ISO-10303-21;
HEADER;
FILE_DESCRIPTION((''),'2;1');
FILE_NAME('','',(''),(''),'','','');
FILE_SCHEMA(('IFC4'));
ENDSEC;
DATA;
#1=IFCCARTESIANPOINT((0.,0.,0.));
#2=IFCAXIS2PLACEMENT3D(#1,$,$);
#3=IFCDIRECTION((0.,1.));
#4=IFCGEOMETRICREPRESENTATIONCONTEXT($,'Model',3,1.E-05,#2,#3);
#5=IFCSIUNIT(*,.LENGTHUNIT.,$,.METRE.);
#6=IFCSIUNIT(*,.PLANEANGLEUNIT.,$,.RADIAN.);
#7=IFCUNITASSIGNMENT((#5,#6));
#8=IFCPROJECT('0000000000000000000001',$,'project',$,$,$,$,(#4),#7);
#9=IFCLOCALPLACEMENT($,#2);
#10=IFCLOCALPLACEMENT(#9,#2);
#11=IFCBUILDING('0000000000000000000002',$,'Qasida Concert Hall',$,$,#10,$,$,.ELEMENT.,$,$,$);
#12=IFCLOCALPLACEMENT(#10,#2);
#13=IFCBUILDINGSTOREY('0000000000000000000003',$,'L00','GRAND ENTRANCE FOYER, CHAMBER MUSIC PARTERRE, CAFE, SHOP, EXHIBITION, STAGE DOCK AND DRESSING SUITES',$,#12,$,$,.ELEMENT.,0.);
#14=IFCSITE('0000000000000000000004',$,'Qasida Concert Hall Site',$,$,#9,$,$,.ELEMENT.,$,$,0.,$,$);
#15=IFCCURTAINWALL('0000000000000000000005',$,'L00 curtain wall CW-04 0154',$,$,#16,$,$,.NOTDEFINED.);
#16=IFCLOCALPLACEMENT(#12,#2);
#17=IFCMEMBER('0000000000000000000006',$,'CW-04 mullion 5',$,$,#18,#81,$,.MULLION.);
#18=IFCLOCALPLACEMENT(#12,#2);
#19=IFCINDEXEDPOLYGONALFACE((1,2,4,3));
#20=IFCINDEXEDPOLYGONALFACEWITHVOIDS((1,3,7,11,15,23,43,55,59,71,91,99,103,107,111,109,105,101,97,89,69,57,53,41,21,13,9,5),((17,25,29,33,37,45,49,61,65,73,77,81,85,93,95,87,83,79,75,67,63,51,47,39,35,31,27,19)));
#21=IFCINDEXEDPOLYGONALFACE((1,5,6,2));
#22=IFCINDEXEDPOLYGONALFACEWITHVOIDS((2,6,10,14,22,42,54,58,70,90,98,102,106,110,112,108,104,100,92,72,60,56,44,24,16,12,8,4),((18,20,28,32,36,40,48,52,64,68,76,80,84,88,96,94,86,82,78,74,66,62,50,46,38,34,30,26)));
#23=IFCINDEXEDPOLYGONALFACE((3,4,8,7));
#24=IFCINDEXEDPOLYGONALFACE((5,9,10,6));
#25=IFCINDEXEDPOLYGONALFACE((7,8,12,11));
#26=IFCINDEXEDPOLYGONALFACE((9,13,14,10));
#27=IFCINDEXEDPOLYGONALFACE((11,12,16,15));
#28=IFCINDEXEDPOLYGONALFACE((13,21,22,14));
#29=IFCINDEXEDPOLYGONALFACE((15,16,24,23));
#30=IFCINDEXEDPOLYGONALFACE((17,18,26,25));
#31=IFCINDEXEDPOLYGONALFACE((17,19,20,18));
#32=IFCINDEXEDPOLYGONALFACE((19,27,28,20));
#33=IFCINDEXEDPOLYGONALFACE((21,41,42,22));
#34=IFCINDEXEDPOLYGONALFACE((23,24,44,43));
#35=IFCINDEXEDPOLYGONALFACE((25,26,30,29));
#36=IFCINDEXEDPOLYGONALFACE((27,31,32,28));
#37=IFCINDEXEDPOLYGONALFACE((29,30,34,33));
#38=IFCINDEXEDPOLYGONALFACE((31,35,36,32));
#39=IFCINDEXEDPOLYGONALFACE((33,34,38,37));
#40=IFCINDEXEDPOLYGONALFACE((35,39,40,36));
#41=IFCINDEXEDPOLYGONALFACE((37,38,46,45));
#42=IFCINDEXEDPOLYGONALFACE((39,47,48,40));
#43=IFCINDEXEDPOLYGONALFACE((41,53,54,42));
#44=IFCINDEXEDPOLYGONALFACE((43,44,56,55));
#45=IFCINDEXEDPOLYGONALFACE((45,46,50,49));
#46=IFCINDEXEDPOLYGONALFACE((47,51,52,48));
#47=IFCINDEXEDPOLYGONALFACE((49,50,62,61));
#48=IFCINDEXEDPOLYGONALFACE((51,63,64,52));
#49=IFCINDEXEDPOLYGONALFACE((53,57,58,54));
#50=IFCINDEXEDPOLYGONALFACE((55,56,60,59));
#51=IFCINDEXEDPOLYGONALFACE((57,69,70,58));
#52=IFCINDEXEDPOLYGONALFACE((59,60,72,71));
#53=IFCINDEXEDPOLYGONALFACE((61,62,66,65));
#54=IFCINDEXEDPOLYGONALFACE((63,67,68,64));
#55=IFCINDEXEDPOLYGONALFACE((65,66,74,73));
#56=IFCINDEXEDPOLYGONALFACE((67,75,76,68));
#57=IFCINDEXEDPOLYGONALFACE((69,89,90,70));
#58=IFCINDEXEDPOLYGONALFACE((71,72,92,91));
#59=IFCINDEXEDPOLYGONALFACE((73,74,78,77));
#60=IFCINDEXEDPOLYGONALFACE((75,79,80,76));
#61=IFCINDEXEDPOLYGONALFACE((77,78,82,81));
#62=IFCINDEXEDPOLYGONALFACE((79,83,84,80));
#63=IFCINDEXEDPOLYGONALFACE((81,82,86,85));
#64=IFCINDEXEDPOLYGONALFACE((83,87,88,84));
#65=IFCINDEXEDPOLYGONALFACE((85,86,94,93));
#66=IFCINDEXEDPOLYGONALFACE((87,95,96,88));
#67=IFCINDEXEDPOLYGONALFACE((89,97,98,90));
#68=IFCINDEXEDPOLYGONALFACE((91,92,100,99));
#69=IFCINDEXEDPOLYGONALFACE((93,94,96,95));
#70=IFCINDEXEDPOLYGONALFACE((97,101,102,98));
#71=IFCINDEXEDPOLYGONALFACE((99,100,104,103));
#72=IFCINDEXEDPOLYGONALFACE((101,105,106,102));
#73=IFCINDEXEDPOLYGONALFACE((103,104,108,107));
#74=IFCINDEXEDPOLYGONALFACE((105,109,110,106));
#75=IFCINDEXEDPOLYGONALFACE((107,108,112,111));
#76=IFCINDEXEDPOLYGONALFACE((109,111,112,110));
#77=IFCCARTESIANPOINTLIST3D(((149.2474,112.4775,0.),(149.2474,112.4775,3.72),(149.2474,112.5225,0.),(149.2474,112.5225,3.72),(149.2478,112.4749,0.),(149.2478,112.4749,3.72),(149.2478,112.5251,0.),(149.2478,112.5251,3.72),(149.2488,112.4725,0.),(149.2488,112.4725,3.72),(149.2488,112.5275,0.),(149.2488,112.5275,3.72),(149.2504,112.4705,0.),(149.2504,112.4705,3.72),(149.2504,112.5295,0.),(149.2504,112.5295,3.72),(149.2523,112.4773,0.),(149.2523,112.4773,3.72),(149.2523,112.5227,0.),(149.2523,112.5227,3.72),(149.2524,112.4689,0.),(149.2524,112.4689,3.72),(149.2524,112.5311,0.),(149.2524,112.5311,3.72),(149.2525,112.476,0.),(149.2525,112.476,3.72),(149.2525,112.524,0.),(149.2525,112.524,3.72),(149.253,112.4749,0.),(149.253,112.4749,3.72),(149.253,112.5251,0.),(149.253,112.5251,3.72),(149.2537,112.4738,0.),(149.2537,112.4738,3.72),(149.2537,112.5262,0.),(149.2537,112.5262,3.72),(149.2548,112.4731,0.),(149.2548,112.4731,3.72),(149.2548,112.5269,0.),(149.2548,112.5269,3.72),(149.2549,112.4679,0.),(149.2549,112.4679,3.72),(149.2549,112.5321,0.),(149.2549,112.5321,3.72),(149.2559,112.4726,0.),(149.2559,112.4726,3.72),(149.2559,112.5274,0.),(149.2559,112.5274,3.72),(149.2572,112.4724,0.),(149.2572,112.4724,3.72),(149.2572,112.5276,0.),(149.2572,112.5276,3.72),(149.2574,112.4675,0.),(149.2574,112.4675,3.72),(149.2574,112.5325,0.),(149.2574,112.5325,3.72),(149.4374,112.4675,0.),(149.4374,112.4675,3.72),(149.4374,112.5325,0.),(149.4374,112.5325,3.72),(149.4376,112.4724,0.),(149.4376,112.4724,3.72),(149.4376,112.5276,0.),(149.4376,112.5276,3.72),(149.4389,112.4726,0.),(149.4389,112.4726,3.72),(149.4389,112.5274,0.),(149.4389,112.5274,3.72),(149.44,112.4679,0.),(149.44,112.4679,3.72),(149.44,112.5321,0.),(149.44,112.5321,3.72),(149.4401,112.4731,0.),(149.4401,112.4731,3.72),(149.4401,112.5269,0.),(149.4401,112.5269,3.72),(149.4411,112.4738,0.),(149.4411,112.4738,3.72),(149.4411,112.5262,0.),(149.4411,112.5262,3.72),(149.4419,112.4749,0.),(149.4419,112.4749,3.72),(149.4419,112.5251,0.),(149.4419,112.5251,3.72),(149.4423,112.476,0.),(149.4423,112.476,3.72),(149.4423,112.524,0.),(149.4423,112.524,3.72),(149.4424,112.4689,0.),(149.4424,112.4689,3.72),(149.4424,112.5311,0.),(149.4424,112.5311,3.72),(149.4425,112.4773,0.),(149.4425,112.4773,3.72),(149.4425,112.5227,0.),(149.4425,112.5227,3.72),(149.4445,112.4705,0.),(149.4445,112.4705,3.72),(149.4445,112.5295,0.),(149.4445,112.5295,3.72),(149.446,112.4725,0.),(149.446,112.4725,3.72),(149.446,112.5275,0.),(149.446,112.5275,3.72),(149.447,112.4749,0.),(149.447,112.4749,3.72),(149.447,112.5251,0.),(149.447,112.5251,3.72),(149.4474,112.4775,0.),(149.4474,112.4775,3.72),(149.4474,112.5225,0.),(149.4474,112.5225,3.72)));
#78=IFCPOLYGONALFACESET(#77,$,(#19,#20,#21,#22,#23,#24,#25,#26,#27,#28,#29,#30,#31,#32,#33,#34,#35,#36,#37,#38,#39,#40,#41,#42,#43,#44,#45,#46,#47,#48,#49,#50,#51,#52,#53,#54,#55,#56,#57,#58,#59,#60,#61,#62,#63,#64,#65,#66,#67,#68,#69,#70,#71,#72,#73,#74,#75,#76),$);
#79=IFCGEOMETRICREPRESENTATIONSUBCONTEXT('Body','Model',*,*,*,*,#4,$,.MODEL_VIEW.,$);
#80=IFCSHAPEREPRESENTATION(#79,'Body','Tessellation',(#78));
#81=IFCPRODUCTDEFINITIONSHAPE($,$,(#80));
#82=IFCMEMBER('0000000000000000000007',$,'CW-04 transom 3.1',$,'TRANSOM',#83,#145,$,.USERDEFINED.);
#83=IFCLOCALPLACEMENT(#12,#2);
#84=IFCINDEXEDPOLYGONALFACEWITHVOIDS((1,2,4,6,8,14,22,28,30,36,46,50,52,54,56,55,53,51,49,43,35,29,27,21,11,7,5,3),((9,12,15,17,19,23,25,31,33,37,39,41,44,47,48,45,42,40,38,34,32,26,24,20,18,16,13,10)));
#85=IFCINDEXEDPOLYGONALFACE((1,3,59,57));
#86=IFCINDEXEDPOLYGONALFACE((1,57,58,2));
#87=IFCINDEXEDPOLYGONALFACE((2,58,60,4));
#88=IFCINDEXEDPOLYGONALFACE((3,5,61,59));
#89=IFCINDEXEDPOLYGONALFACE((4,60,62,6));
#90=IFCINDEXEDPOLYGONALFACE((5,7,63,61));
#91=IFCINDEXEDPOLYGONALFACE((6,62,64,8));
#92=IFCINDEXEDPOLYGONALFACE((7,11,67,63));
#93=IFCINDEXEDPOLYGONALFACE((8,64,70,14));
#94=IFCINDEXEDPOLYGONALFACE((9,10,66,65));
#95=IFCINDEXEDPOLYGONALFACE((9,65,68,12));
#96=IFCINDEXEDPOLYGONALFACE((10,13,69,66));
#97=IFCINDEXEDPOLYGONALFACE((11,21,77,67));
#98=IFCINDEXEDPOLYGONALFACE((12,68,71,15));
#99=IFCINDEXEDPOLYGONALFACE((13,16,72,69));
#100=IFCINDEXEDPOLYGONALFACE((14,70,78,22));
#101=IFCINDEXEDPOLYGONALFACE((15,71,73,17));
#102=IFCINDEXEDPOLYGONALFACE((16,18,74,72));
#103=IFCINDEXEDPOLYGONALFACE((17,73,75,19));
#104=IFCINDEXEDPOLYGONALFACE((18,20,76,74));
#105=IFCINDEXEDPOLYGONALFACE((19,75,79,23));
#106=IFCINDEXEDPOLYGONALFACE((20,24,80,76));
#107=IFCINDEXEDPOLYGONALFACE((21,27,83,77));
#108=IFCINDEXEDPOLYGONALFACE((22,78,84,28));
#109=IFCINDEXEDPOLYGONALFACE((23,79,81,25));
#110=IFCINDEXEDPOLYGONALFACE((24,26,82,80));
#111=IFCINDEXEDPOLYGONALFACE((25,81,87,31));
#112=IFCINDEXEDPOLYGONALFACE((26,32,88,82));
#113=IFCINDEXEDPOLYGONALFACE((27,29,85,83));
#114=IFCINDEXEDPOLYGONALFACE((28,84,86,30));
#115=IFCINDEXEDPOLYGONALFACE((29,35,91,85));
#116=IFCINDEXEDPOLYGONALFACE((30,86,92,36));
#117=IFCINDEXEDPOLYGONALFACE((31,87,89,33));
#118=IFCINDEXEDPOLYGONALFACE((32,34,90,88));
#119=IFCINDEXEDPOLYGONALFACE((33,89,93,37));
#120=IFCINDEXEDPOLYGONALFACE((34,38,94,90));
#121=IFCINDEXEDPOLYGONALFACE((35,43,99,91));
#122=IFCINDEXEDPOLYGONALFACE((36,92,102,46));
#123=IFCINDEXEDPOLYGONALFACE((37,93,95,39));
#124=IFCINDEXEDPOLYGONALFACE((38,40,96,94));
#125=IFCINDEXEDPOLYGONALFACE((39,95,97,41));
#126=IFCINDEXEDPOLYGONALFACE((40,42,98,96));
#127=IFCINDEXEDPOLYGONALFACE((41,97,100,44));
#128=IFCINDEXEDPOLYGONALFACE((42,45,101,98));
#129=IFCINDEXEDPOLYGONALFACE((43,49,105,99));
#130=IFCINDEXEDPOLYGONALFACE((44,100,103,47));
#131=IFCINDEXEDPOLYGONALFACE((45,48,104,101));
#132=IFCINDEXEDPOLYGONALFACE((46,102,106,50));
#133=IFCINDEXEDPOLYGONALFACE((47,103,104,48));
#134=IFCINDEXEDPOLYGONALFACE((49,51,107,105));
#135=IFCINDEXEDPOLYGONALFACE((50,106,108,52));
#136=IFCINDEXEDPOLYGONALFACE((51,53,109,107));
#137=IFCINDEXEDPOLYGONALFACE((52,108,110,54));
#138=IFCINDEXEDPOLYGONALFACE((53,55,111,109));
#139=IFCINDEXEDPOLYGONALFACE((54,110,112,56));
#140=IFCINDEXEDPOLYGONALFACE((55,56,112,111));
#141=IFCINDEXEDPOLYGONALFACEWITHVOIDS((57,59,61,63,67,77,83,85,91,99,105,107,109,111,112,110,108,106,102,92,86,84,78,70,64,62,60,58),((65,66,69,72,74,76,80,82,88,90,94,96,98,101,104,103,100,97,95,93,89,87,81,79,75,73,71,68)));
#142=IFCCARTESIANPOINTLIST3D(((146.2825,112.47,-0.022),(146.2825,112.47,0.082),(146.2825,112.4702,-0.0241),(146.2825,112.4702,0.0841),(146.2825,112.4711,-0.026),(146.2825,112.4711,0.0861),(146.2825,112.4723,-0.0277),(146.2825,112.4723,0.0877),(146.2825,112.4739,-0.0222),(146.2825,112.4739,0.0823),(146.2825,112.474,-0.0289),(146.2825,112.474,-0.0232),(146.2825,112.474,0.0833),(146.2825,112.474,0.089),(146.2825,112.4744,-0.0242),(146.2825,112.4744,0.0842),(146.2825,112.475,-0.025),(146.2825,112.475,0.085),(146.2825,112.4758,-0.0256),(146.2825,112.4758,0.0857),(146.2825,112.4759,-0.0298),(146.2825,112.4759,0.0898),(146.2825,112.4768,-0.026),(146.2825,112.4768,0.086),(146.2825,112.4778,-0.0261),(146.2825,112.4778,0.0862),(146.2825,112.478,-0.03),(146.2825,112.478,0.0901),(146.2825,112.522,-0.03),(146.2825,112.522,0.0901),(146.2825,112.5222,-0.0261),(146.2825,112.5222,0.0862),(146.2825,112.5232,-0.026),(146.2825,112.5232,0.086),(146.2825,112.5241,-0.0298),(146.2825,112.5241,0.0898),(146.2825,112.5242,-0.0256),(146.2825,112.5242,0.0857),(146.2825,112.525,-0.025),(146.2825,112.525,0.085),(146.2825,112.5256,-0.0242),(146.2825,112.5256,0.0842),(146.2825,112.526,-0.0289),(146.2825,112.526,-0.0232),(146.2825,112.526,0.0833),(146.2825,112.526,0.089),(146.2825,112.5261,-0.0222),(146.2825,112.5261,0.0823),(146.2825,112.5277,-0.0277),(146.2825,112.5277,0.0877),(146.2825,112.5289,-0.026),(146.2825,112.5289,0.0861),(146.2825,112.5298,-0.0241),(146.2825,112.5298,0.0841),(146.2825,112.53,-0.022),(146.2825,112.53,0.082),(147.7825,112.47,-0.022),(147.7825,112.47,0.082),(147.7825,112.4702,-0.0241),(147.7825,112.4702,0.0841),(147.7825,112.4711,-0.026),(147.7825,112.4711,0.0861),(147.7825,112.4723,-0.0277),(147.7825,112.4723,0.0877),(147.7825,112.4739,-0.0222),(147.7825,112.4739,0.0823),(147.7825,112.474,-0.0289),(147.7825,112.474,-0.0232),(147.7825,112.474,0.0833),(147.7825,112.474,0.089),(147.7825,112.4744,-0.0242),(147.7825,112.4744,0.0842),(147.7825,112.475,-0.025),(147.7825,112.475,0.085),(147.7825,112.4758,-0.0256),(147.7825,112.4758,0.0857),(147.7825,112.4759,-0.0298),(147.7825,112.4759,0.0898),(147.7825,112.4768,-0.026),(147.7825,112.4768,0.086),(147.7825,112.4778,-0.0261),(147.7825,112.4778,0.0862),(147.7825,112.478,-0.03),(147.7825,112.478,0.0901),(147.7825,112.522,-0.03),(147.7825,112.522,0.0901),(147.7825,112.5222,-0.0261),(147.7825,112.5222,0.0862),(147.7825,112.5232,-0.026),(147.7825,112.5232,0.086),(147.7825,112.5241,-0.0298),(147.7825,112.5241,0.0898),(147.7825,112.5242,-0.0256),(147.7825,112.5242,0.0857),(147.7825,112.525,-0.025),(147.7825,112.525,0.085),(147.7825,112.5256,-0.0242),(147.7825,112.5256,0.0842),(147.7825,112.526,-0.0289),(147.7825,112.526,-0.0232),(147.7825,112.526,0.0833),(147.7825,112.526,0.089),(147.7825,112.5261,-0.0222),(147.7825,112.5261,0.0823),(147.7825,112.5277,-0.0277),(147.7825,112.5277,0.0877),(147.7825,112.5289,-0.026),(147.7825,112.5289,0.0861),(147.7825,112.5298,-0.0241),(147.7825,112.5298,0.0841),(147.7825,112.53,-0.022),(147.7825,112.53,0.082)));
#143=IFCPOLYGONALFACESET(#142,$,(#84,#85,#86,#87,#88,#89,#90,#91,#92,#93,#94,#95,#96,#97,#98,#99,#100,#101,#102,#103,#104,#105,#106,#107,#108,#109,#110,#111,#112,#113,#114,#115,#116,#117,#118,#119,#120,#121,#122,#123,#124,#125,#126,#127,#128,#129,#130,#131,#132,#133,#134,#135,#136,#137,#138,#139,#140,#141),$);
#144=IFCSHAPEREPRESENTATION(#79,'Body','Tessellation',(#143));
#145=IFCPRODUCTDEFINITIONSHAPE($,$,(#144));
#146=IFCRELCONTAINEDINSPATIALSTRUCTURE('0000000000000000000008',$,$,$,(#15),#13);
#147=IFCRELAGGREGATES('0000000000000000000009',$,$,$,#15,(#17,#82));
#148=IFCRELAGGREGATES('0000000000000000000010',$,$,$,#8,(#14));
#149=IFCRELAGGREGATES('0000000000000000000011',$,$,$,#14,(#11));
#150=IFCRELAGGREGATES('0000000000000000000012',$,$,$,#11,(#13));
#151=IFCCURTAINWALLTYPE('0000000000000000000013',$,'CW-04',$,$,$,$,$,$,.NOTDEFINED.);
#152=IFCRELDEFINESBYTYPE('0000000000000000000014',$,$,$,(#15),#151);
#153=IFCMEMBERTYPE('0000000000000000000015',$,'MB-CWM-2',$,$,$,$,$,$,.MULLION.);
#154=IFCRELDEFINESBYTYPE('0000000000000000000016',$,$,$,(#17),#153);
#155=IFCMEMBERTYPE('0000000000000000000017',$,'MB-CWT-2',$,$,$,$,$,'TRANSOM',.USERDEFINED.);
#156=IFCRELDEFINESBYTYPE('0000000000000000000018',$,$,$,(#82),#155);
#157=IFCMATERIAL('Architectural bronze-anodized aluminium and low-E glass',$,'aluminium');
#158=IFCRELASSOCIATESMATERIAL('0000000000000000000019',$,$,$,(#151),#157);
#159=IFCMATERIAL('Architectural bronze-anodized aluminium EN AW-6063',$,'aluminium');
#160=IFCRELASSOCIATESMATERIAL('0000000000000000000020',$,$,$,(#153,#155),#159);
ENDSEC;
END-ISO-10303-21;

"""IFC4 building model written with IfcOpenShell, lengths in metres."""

from ifc_helpers import new_model, si_unit, direction, frame, origin, origin_2d, place, context, subcontext, project, spatial, hollow_rectangle, extrude, material, material_profile, profile_set, type_object, element, aggregate, save


model = new_model("IFC4")

# Units and contexts
model_context = context("Model", 3, precision=1e-05, world=origin(), true_north=direction((0.0, 1.0)))
body_context = subcontext(model_context, "Body", "Model", "MODEL_VIEW")
ifc_project = project(units=[si_unit("LENGTHUNIT", "METRE"), si_unit("PLANEANGLEUNIT", "RADIAN")], contexts=[model_context])

# Site, building, storey
site_placement = place(None, origin())
site = spatial("IfcSite", under=ifc_project, at=site_placement, Name="Qasida Concert Hall Site", CompositionType="ELEMENT", RefElevation=0.0)
building_placement = place(site_placement, origin())
building = spatial("IfcBuilding", under=site, at=building_placement, Name="Qasida Concert Hall", CompositionType="ELEMENT")
storey_placement = place(building_placement, origin())
storey = spatial("IfcBuildingStorey", under=building, at=storey_placement, Name="L00", Description="GRAND ENTRANCE FOYER, CHAMBER MUSIC PARTERRE, CAFE, SHOP, EXHIBITION, STAGE DOCK AND DRESSING SUITES", CompositionType="ELEMENT", Elevation=0.0)

# Curtain wall, members
ifc_material_1 = material(Name="Architectural bronze-anodized aluminium and low-E glass", Category="aluminium")
curtain_wall_type = type_object("IfcCurtainWallType", Name="CW-04", PredefinedType="NOTDEFINED", material=ifc_material_1)
curtain_wall_placement = place(storey_placement, origin())
curtain_wall = element("IfcCurtainWall", 1, at=curtain_wall_placement, inside=storey, type_object=curtain_wall_type, Name="L00 curtain wall CW-04 0154", PredefinedType="NOTDEFINED")
ifc_material_2 = material(Name="Architectural bronze-anodized aluminium EN AW-6063", Category="aluminium")
ifc_material_profile_1 = material_profile(ifc_material_2, hollow_rectangle(XDim=0.0649, YDim=0.2, WallThickness=0.0049, InnerFilletRadius=0.0049, OuterFilletRadius=0.01, at=origin_2d()), Name="CWM 200x65x5")
ifc_profile_set_1 = profile_set([ifc_material_profile_1], Name="Architectural bronze-anodized aluminium EN AW-6063")
member_type_1 = type_object("IfcMemberType", Name="MB-CWM-2", PredefinedType="MULLION", material=ifc_profile_set_1)
member_1_placement = place(storey_placement, frame((149.3474, 112.5, 0.0), z_axis=(0.0, 0.0, 1.0), x_axis=(0.0, 1.0, 0.0)))
member_1 = element("IfcMember", 2, at=member_1_placement, type_object=member_type_1, Name="CW-04 mullion 5", PredefinedType="MULLION", context=body_context, shape_type="SweptSolid", body=[
    extrude(hollow_rectangle(XDim=0.0649, YDim=0.2, WallThickness=0.0049, InnerFilletRadius=0.0049, OuterFilletRadius=0.01, at=origin_2d()), origin(), (0.0, 0.0, 1.0), 3.72),
])
ifc_material_profile_2 = material_profile(ifc_material_2, hollow_rectangle(XDim=0.0601, YDim=0.1201, WallThickness=0.0039, InnerFilletRadius=0.0039, OuterFilletRadius=0.0081, at=origin_2d()), Name="CWT 120x60x4")
ifc_profile_set_2 = profile_set([ifc_material_profile_2], Name="Architectural bronze-anodized aluminium EN AW-6063")
member_type_2 = type_object("IfcMemberType", Name="MB-CWT-2", ElementType="TRANSOM", PredefinedType="USERDEFINED", material=ifc_profile_set_2)
member_2_placement = place(storey_placement, frame((146.2825, 112.5, 0.03), z_axis=(1.0, 0.0, 0.0), x_axis=(0.0, 1.0, 0.0)))
member_2 = element("IfcMember", 3, at=member_2_placement, type_object=member_type_2, Name="CW-04 transom 3.1", ObjectType="TRANSOM", PredefinedType="USERDEFINED", context=body_context, shape_type="SweptSolid", body=[
    extrude(hollow_rectangle(XDim=0.0601, YDim=0.1201, WallThickness=0.0039, InnerFilletRadius=0.0039, OuterFilletRadius=0.0081, at=origin_2d()), origin(), (0.0, 0.0, 1.0), 1.5),
])
aggregate(curtain_wall, [member_1, member_2])

save(model, "model.ifc")
